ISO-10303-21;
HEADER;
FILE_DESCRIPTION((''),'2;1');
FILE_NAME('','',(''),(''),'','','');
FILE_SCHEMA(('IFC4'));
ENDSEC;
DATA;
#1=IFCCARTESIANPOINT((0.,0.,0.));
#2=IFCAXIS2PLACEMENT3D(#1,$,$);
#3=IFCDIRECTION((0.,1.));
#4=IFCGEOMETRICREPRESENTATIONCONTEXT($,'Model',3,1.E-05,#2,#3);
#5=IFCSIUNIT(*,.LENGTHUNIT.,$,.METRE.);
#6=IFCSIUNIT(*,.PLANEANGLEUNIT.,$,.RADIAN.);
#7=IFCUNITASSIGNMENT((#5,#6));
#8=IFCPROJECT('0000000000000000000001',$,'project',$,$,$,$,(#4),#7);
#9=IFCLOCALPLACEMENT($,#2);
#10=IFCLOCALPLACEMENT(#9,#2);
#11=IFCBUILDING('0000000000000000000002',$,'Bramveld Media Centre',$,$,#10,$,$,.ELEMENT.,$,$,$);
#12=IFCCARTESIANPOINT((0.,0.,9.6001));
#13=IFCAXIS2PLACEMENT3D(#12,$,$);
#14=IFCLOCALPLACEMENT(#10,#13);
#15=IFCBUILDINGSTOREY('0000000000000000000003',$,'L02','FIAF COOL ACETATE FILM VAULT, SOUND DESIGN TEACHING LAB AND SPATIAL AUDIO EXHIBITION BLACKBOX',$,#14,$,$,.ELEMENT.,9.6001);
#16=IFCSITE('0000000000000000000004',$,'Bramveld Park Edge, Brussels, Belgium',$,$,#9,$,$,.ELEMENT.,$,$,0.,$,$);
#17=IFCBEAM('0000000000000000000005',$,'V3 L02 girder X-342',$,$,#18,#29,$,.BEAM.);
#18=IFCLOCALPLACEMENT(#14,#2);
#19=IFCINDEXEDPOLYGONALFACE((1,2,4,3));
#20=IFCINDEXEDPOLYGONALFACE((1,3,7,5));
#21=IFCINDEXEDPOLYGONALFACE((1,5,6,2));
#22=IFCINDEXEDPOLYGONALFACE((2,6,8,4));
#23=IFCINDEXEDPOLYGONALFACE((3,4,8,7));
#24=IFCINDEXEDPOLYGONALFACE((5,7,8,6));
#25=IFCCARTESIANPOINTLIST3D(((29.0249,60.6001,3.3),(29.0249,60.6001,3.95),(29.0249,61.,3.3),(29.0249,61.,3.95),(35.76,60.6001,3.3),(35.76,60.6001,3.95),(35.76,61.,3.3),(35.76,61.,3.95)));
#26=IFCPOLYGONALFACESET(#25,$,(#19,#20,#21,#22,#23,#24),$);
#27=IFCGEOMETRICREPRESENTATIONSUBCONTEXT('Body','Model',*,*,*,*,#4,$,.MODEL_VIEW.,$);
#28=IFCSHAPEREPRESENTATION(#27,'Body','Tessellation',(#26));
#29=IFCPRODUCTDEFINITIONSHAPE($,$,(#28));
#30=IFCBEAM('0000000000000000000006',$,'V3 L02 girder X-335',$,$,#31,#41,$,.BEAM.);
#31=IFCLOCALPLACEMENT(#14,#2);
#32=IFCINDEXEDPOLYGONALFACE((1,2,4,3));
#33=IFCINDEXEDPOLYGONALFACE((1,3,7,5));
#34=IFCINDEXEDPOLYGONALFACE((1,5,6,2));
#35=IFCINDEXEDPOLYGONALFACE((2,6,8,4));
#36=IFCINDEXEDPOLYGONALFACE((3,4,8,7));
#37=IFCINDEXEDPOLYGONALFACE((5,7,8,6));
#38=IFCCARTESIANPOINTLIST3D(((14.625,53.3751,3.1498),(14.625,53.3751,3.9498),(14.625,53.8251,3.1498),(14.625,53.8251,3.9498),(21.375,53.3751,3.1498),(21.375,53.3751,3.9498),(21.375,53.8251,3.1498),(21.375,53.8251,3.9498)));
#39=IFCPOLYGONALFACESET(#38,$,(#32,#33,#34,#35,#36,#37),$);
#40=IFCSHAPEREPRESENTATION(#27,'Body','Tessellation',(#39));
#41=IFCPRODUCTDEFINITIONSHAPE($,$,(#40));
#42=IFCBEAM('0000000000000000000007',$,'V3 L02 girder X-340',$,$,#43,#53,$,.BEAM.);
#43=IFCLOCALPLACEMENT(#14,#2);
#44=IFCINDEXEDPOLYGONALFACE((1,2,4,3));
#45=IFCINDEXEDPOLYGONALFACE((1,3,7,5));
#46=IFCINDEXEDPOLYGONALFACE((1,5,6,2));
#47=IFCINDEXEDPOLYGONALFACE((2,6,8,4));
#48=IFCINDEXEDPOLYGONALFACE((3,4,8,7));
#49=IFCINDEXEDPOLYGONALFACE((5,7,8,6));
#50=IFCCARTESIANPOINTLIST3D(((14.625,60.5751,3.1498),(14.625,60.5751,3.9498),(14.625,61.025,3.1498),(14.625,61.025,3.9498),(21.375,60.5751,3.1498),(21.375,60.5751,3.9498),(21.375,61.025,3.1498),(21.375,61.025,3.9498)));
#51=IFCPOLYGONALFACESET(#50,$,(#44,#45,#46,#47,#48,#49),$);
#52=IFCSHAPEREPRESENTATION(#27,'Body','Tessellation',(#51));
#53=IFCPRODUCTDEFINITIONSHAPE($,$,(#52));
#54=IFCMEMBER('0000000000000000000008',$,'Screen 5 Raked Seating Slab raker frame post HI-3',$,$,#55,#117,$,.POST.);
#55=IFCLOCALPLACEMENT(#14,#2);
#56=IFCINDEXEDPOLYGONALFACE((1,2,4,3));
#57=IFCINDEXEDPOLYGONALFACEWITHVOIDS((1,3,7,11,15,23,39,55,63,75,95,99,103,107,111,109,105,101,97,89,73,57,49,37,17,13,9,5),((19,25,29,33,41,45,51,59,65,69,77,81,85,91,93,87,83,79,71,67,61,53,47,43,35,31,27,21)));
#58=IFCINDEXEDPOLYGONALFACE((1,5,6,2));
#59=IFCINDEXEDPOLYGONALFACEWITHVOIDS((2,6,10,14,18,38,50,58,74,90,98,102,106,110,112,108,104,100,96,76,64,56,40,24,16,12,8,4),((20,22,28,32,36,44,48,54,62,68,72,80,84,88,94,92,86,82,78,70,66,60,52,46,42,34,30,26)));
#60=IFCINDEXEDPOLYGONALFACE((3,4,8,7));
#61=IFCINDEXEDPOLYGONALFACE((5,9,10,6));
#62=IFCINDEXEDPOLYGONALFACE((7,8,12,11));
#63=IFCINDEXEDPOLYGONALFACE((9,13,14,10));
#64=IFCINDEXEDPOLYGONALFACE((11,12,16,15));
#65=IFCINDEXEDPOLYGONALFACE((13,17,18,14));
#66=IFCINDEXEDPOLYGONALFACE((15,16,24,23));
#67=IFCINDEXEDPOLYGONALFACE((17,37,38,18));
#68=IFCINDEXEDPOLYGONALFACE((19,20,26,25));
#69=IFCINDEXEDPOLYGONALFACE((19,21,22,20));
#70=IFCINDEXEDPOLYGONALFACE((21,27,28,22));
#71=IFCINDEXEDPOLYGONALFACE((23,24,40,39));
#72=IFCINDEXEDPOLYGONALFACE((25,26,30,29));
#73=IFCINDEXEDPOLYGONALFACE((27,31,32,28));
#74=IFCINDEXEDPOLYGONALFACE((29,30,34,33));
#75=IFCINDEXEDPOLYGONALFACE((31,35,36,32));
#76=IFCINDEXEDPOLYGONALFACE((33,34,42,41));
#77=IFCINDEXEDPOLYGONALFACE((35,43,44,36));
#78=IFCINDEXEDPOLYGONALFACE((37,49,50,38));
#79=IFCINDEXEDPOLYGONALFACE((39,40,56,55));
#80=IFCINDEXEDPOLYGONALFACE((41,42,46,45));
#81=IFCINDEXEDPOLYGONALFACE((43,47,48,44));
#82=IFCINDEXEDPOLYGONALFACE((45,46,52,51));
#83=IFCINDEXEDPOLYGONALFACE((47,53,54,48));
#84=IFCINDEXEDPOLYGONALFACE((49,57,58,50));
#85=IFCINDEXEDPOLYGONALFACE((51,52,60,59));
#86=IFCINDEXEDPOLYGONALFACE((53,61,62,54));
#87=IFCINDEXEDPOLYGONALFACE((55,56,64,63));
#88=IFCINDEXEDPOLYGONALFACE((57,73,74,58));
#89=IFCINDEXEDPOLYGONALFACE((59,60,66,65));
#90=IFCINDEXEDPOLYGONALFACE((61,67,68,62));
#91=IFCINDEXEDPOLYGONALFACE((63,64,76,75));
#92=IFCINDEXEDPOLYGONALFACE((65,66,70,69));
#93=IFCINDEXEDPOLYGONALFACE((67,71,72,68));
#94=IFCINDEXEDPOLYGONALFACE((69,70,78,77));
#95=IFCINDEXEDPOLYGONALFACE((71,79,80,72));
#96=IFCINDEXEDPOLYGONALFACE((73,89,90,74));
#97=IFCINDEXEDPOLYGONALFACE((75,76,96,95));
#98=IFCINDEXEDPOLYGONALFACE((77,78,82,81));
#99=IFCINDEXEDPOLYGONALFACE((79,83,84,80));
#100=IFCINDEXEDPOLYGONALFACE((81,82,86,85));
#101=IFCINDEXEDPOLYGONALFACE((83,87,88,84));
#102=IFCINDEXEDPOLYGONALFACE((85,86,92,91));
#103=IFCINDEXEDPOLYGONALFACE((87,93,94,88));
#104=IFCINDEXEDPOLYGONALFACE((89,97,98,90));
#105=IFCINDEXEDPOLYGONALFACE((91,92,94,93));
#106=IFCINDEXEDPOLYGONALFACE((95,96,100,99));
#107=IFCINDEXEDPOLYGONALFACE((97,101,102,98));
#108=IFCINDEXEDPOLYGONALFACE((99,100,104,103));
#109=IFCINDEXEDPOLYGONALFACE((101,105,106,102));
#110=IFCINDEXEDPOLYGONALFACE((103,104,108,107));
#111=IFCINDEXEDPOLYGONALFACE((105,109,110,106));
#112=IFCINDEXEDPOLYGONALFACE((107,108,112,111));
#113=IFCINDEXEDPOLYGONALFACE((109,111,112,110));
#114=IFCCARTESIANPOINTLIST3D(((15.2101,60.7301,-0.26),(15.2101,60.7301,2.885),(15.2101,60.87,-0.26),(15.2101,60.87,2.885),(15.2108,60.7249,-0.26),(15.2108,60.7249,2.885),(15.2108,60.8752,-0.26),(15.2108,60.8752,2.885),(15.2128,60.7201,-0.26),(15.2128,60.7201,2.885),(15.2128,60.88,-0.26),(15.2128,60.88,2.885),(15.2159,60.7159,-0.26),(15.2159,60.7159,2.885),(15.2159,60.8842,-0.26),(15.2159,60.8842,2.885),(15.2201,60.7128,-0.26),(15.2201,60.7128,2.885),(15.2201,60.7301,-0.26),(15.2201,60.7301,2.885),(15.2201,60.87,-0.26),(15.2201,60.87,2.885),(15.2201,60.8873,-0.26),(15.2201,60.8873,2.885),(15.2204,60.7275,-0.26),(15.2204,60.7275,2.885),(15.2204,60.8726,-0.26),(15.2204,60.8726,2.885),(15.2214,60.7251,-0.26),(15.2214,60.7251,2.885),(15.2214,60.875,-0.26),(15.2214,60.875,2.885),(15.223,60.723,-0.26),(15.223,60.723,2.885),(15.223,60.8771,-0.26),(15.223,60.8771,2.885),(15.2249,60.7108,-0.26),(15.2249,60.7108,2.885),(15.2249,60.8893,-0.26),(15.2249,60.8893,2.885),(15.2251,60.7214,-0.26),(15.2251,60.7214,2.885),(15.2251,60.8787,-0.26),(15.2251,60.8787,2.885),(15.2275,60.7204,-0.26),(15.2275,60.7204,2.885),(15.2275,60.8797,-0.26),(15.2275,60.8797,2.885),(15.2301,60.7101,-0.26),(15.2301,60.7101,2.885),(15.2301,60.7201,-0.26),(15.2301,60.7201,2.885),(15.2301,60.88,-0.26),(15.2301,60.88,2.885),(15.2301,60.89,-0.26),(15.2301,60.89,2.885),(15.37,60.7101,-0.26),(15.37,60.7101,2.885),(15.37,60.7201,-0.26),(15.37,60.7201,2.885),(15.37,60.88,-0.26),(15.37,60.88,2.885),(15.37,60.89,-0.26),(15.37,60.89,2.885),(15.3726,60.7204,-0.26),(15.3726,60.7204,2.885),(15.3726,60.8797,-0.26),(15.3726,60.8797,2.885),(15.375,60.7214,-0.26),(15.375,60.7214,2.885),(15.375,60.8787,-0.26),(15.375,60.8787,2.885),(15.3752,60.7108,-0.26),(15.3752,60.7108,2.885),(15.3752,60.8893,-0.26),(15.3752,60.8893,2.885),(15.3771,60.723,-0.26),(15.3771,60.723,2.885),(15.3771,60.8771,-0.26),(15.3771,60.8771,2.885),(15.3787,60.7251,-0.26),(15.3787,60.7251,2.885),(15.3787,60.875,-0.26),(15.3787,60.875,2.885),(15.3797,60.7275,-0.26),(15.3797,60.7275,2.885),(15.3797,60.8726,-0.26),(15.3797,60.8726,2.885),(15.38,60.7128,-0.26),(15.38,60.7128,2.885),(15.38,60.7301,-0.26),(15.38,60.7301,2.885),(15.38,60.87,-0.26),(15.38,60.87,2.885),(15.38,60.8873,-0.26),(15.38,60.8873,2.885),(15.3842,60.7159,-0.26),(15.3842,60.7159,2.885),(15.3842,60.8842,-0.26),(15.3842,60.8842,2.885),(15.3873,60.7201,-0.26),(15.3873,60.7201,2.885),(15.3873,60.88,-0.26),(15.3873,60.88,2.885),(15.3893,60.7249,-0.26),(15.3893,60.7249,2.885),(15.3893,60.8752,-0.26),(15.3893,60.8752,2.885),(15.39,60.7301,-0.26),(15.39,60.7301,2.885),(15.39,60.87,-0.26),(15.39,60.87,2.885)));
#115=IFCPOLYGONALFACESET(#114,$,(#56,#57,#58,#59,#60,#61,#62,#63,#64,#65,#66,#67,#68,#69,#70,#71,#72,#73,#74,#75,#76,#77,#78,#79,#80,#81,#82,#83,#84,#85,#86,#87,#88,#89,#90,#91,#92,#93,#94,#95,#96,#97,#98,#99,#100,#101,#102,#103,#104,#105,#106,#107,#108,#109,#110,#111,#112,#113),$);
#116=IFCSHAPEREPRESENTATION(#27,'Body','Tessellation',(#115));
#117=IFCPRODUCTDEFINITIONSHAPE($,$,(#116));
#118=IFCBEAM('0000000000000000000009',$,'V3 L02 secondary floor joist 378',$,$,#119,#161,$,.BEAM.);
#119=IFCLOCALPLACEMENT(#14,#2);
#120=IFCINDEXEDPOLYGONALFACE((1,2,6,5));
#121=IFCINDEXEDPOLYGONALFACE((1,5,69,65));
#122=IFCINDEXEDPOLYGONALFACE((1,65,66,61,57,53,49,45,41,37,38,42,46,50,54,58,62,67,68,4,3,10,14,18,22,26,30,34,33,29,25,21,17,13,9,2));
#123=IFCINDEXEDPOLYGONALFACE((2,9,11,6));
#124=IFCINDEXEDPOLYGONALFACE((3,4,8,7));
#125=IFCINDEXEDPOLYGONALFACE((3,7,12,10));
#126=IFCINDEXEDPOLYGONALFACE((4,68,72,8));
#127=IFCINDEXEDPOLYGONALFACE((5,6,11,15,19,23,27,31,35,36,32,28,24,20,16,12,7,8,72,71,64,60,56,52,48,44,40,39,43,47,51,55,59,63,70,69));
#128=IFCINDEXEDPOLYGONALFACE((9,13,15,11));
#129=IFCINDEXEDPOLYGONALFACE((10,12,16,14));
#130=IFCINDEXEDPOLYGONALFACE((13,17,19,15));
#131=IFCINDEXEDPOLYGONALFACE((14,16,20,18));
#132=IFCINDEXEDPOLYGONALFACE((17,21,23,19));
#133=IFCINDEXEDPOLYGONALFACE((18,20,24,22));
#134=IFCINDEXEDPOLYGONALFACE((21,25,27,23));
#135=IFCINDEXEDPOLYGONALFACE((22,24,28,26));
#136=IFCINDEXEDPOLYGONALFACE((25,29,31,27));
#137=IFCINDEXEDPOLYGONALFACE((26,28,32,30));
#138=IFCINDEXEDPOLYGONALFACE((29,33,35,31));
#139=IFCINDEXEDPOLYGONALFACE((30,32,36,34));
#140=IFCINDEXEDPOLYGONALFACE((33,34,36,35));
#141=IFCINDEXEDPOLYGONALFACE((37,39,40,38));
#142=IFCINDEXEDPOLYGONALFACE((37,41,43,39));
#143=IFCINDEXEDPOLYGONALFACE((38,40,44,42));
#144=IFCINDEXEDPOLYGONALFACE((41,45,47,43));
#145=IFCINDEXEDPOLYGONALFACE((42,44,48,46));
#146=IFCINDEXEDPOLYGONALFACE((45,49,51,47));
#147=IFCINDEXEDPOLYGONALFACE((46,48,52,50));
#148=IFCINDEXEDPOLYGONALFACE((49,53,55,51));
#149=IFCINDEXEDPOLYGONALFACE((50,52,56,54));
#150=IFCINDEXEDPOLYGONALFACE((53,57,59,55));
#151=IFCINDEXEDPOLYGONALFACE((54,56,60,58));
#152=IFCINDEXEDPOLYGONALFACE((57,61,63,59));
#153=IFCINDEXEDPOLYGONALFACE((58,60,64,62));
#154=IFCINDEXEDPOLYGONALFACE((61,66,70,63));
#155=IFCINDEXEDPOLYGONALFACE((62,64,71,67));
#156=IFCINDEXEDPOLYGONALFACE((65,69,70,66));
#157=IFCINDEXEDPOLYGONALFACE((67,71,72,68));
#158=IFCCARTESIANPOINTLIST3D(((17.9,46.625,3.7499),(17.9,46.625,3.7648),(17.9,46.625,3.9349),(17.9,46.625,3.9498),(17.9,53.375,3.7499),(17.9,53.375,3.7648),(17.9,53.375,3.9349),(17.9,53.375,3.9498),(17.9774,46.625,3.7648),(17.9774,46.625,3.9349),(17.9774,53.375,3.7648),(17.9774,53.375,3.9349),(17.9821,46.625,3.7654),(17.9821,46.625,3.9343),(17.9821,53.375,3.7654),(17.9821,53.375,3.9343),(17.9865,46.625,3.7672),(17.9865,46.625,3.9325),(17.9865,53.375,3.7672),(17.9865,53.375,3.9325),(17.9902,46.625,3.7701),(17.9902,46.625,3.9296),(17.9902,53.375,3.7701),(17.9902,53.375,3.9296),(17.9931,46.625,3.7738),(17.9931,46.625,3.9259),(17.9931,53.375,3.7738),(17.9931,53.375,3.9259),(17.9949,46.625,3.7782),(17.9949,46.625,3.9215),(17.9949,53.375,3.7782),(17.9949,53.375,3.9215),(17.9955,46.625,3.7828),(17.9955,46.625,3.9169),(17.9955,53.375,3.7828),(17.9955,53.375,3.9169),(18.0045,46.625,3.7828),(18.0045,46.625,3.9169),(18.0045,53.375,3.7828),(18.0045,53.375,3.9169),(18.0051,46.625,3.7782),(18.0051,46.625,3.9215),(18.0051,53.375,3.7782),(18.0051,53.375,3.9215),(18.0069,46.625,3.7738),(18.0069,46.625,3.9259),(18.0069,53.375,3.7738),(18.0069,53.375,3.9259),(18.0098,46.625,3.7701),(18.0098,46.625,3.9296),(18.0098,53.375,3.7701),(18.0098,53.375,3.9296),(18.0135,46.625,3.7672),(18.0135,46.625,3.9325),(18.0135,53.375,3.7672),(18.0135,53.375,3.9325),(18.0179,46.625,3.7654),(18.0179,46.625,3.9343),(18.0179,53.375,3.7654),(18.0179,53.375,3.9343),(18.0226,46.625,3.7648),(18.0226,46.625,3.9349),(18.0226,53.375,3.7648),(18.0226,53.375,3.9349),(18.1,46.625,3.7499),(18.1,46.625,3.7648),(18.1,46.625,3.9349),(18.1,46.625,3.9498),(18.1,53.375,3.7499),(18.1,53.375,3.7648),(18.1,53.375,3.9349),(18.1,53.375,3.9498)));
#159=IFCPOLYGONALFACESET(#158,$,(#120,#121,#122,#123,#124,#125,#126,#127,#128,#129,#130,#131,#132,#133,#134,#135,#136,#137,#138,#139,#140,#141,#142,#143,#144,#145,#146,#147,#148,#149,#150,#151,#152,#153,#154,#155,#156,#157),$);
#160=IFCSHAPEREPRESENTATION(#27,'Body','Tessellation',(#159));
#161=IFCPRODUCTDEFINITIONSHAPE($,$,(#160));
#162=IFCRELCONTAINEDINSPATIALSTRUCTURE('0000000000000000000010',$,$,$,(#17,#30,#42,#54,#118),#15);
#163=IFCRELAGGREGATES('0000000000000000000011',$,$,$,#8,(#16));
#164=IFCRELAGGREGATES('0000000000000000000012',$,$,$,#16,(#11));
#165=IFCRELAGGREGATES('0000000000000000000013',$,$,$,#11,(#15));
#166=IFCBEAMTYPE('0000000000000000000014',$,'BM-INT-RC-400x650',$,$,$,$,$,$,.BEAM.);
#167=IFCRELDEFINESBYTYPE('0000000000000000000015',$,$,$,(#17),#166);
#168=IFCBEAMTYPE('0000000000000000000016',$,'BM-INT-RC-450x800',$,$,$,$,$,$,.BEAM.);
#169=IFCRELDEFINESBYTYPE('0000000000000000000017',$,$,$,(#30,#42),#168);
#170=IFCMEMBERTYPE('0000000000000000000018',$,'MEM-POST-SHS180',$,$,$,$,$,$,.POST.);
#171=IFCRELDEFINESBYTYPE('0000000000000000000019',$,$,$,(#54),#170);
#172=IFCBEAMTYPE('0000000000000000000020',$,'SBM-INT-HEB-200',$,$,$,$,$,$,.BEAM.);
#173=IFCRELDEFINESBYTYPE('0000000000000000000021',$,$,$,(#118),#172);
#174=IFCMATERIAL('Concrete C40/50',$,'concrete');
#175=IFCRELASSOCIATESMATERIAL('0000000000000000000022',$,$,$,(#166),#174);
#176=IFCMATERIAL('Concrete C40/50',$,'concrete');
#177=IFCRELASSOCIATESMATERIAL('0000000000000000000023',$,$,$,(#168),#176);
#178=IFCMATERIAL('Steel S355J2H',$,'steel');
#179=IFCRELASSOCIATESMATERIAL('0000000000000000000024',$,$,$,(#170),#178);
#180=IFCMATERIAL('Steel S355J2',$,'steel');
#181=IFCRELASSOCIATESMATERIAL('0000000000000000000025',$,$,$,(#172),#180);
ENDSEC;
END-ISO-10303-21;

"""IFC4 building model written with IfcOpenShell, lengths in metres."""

from ifc_helpers import new_model, si_unit, direction, frame, origin, origin_2d, place, context, subcontext, project, spatial, rectangle, hollow_rectangle, i_section, extrude, material, material_profile, profile_set, type_object, element, save


model = new_model("IFC4")

# Units and contexts
model_context = context("Model", 3, precision=1e-05, world=origin(), true_north=direction((0.0, 1.0)))
body_context = subcontext(model_context, "Body", "Model", "MODEL_VIEW")
ifc_project = project(units=[si_unit("LENGTHUNIT", "METRE"), si_unit("PLANEANGLEUNIT", "RADIAN")], contexts=[model_context])

# Site, building, storey
site_placement = place(None, origin())
site = spatial("IfcSite", under=ifc_project, at=site_placement, Name="Bramveld Park Edge, Brussels, Belgium", CompositionType="ELEMENT", RefElevation=0.0)
building_placement = place(site_placement, origin())
building = spatial("IfcBuilding", under=site, at=building_placement, Name="Bramveld Media Centre", CompositionType="ELEMENT")
storey_placement = place(building_placement, frame((0.0, 0.0, 9.6001)))
storey = spatial("IfcBuildingStorey", under=building, at=storey_placement, Name="L02", Description="FIAF COOL ACETATE FILM VAULT, SOUND DESIGN TEACHING LAB AND SPATIAL AUDIO EXHIBITION BLACKBOX", CompositionType="ELEMENT", Elevation=9.6001)

# Beams
ifc_material_1 = material(Name="Concrete C40/50", Category="concrete")
ifc_material_profile_1 = material_profile(ifc_material_1, rectangle(XDim=0.3999, YDim=0.6499, at=origin_2d()), Name="RC 400x650")
ifc_profile_set_1 = profile_set([ifc_material_profile_1], Name="Concrete C40/50")
beam_type_1 = type_object("IfcBeamType", Name="BM-INT-RC-400x650", PredefinedType="BEAM", material=ifc_profile_set_1)
for number, where, z_axis, x_axis, name in (
    (1, (29.0249, 60.8, 3.625), (1.0, 0.0, 0.0), (0.0, 1.0, 0.0), "V3 L02 girder X-342"),
):
    element("IfcBeam", number, at=place(storey_placement, frame(where, z_axis=z_axis, x_axis=x_axis)), inside=storey, type_object=beam_type_1, Name=name, PredefinedType="BEAM", context=body_context, shape_type="SweptSolid", body=[
        extrude(rectangle(XDim=0.3999, YDim=0.6499, at=origin_2d()), origin(), (0.0, 0.0, 1.0), 6.7351),
    ])
ifc_material_2 = material(Name="Concrete C40/50", Category="concrete")
ifc_material_profile_2 = material_profile(ifc_material_2, rectangle(XDim=0.45, YDim=0.8, at=origin_2d()), Name="RC 450x800")
ifc_profile_set_2 = profile_set([ifc_material_profile_2], Name="Concrete C40/50")
beam_type_2 = type_object("IfcBeamType", Name="BM-INT-RC-450x800", PredefinedType="BEAM", material=ifc_profile_set_2)
for number, where, z_axis, x_axis, name in (
    (2, (14.625, 53.6001, 3.5498), (1.0, 0.0, 0.0), (0.0, 1.0, 0.0), "V3 L02 girder X-335"),
    (3, (14.625, 60.8, 3.5498), (1.0, 0.0, 0.0), (0.0, 1.0, 0.0), "V3 L02 girder X-340"),
):
    element("IfcBeam", number, at=place(storey_placement, frame(where, z_axis=z_axis, x_axis=x_axis)), inside=storey, type_object=beam_type_2, Name=name, PredefinedType="BEAM", context=body_context, shape_type="SweptSolid", body=[
        extrude(rectangle(XDim=0.45, YDim=0.8, at=origin_2d()), origin(), (0.0, 0.0, 1.0), 6.75),
    ])

# Member
ifc_material_3 = material(Name="Steel S355J2H", Category="steel")
ifc_material_profile_3 = material_profile(ifc_material_3, hollow_rectangle(XDim=0.1799, YDim=0.1799, WallThickness=0.01, InnerFilletRadius=0.01, OuterFilletRadius=0.02, at=origin_2d()), Name="SHS 180x180x10")
ifc_profile_set_3 = profile_set([ifc_material_profile_3], Name="Steel S355J2H")
member_type = type_object("IfcMemberType", Name="MEM-POST-SHS180", PredefinedType="POST", material=ifc_profile_set_3)
member_placement = place(storey_placement, frame((15.3, 60.8, -0.26), z_axis=(0.0, 0.0, 1.0), x_axis=(1.0, 0.0, 0.0)))
element("IfcMember", 4, at=member_placement, inside=storey, type_object=member_type, Name="Screen 5 Raked Seating Slab raker frame post HI-3", PredefinedType="POST", context=body_context, shape_type="SweptSolid", body=[
    extrude(hollow_rectangle(XDim=0.1799, YDim=0.1799, WallThickness=0.01, InnerFilletRadius=0.01, OuterFilletRadius=0.02, at=origin_2d()), origin(), (0.0, 0.0, 1.0), 3.145),
])

# Beam
ifc_material_4 = material(Name="Steel S355J2", Category="steel")
ifc_material_profile_4 = material_profile(ifc_material_4, i_section(OverallWidth=0.2, OverallDepth=0.2, WebThickness=0.009, FlangeThickness=0.0149, FilletRadius=0.0181, at=origin_2d()), Name="HEB 200")
ifc_profile_set_4 = profile_set([ifc_material_profile_4], Name="Steel S355J2")
beam_type_3 = type_object("IfcBeamType", Name="SBM-INT-HEB-200", PredefinedType="BEAM", material=ifc_profile_set_4)
beam_1_placement = place(storey_placement, frame((18.0, 46.625, 3.8499), z_axis=(0.0, 1.0, 0.0), x_axis=(-1.0, 0.0, 0.0)))
element("IfcBeam", 5, at=beam_1_placement, inside=storey, type_object=beam_type_3, Name="V3 L02 secondary floor joist 378", PredefinedType="BEAM", context=body_context, shape_type="SweptSolid", body=[
    extrude(i_section(OverallWidth=0.2, OverallDepth=0.2, WebThickness=0.009, FlangeThickness=0.0149, FilletRadius=0.0181, at=origin_2d()), origin(), (0.0, 0.0, 1.0), 6.75),
])

save(model, "model.ifc")
